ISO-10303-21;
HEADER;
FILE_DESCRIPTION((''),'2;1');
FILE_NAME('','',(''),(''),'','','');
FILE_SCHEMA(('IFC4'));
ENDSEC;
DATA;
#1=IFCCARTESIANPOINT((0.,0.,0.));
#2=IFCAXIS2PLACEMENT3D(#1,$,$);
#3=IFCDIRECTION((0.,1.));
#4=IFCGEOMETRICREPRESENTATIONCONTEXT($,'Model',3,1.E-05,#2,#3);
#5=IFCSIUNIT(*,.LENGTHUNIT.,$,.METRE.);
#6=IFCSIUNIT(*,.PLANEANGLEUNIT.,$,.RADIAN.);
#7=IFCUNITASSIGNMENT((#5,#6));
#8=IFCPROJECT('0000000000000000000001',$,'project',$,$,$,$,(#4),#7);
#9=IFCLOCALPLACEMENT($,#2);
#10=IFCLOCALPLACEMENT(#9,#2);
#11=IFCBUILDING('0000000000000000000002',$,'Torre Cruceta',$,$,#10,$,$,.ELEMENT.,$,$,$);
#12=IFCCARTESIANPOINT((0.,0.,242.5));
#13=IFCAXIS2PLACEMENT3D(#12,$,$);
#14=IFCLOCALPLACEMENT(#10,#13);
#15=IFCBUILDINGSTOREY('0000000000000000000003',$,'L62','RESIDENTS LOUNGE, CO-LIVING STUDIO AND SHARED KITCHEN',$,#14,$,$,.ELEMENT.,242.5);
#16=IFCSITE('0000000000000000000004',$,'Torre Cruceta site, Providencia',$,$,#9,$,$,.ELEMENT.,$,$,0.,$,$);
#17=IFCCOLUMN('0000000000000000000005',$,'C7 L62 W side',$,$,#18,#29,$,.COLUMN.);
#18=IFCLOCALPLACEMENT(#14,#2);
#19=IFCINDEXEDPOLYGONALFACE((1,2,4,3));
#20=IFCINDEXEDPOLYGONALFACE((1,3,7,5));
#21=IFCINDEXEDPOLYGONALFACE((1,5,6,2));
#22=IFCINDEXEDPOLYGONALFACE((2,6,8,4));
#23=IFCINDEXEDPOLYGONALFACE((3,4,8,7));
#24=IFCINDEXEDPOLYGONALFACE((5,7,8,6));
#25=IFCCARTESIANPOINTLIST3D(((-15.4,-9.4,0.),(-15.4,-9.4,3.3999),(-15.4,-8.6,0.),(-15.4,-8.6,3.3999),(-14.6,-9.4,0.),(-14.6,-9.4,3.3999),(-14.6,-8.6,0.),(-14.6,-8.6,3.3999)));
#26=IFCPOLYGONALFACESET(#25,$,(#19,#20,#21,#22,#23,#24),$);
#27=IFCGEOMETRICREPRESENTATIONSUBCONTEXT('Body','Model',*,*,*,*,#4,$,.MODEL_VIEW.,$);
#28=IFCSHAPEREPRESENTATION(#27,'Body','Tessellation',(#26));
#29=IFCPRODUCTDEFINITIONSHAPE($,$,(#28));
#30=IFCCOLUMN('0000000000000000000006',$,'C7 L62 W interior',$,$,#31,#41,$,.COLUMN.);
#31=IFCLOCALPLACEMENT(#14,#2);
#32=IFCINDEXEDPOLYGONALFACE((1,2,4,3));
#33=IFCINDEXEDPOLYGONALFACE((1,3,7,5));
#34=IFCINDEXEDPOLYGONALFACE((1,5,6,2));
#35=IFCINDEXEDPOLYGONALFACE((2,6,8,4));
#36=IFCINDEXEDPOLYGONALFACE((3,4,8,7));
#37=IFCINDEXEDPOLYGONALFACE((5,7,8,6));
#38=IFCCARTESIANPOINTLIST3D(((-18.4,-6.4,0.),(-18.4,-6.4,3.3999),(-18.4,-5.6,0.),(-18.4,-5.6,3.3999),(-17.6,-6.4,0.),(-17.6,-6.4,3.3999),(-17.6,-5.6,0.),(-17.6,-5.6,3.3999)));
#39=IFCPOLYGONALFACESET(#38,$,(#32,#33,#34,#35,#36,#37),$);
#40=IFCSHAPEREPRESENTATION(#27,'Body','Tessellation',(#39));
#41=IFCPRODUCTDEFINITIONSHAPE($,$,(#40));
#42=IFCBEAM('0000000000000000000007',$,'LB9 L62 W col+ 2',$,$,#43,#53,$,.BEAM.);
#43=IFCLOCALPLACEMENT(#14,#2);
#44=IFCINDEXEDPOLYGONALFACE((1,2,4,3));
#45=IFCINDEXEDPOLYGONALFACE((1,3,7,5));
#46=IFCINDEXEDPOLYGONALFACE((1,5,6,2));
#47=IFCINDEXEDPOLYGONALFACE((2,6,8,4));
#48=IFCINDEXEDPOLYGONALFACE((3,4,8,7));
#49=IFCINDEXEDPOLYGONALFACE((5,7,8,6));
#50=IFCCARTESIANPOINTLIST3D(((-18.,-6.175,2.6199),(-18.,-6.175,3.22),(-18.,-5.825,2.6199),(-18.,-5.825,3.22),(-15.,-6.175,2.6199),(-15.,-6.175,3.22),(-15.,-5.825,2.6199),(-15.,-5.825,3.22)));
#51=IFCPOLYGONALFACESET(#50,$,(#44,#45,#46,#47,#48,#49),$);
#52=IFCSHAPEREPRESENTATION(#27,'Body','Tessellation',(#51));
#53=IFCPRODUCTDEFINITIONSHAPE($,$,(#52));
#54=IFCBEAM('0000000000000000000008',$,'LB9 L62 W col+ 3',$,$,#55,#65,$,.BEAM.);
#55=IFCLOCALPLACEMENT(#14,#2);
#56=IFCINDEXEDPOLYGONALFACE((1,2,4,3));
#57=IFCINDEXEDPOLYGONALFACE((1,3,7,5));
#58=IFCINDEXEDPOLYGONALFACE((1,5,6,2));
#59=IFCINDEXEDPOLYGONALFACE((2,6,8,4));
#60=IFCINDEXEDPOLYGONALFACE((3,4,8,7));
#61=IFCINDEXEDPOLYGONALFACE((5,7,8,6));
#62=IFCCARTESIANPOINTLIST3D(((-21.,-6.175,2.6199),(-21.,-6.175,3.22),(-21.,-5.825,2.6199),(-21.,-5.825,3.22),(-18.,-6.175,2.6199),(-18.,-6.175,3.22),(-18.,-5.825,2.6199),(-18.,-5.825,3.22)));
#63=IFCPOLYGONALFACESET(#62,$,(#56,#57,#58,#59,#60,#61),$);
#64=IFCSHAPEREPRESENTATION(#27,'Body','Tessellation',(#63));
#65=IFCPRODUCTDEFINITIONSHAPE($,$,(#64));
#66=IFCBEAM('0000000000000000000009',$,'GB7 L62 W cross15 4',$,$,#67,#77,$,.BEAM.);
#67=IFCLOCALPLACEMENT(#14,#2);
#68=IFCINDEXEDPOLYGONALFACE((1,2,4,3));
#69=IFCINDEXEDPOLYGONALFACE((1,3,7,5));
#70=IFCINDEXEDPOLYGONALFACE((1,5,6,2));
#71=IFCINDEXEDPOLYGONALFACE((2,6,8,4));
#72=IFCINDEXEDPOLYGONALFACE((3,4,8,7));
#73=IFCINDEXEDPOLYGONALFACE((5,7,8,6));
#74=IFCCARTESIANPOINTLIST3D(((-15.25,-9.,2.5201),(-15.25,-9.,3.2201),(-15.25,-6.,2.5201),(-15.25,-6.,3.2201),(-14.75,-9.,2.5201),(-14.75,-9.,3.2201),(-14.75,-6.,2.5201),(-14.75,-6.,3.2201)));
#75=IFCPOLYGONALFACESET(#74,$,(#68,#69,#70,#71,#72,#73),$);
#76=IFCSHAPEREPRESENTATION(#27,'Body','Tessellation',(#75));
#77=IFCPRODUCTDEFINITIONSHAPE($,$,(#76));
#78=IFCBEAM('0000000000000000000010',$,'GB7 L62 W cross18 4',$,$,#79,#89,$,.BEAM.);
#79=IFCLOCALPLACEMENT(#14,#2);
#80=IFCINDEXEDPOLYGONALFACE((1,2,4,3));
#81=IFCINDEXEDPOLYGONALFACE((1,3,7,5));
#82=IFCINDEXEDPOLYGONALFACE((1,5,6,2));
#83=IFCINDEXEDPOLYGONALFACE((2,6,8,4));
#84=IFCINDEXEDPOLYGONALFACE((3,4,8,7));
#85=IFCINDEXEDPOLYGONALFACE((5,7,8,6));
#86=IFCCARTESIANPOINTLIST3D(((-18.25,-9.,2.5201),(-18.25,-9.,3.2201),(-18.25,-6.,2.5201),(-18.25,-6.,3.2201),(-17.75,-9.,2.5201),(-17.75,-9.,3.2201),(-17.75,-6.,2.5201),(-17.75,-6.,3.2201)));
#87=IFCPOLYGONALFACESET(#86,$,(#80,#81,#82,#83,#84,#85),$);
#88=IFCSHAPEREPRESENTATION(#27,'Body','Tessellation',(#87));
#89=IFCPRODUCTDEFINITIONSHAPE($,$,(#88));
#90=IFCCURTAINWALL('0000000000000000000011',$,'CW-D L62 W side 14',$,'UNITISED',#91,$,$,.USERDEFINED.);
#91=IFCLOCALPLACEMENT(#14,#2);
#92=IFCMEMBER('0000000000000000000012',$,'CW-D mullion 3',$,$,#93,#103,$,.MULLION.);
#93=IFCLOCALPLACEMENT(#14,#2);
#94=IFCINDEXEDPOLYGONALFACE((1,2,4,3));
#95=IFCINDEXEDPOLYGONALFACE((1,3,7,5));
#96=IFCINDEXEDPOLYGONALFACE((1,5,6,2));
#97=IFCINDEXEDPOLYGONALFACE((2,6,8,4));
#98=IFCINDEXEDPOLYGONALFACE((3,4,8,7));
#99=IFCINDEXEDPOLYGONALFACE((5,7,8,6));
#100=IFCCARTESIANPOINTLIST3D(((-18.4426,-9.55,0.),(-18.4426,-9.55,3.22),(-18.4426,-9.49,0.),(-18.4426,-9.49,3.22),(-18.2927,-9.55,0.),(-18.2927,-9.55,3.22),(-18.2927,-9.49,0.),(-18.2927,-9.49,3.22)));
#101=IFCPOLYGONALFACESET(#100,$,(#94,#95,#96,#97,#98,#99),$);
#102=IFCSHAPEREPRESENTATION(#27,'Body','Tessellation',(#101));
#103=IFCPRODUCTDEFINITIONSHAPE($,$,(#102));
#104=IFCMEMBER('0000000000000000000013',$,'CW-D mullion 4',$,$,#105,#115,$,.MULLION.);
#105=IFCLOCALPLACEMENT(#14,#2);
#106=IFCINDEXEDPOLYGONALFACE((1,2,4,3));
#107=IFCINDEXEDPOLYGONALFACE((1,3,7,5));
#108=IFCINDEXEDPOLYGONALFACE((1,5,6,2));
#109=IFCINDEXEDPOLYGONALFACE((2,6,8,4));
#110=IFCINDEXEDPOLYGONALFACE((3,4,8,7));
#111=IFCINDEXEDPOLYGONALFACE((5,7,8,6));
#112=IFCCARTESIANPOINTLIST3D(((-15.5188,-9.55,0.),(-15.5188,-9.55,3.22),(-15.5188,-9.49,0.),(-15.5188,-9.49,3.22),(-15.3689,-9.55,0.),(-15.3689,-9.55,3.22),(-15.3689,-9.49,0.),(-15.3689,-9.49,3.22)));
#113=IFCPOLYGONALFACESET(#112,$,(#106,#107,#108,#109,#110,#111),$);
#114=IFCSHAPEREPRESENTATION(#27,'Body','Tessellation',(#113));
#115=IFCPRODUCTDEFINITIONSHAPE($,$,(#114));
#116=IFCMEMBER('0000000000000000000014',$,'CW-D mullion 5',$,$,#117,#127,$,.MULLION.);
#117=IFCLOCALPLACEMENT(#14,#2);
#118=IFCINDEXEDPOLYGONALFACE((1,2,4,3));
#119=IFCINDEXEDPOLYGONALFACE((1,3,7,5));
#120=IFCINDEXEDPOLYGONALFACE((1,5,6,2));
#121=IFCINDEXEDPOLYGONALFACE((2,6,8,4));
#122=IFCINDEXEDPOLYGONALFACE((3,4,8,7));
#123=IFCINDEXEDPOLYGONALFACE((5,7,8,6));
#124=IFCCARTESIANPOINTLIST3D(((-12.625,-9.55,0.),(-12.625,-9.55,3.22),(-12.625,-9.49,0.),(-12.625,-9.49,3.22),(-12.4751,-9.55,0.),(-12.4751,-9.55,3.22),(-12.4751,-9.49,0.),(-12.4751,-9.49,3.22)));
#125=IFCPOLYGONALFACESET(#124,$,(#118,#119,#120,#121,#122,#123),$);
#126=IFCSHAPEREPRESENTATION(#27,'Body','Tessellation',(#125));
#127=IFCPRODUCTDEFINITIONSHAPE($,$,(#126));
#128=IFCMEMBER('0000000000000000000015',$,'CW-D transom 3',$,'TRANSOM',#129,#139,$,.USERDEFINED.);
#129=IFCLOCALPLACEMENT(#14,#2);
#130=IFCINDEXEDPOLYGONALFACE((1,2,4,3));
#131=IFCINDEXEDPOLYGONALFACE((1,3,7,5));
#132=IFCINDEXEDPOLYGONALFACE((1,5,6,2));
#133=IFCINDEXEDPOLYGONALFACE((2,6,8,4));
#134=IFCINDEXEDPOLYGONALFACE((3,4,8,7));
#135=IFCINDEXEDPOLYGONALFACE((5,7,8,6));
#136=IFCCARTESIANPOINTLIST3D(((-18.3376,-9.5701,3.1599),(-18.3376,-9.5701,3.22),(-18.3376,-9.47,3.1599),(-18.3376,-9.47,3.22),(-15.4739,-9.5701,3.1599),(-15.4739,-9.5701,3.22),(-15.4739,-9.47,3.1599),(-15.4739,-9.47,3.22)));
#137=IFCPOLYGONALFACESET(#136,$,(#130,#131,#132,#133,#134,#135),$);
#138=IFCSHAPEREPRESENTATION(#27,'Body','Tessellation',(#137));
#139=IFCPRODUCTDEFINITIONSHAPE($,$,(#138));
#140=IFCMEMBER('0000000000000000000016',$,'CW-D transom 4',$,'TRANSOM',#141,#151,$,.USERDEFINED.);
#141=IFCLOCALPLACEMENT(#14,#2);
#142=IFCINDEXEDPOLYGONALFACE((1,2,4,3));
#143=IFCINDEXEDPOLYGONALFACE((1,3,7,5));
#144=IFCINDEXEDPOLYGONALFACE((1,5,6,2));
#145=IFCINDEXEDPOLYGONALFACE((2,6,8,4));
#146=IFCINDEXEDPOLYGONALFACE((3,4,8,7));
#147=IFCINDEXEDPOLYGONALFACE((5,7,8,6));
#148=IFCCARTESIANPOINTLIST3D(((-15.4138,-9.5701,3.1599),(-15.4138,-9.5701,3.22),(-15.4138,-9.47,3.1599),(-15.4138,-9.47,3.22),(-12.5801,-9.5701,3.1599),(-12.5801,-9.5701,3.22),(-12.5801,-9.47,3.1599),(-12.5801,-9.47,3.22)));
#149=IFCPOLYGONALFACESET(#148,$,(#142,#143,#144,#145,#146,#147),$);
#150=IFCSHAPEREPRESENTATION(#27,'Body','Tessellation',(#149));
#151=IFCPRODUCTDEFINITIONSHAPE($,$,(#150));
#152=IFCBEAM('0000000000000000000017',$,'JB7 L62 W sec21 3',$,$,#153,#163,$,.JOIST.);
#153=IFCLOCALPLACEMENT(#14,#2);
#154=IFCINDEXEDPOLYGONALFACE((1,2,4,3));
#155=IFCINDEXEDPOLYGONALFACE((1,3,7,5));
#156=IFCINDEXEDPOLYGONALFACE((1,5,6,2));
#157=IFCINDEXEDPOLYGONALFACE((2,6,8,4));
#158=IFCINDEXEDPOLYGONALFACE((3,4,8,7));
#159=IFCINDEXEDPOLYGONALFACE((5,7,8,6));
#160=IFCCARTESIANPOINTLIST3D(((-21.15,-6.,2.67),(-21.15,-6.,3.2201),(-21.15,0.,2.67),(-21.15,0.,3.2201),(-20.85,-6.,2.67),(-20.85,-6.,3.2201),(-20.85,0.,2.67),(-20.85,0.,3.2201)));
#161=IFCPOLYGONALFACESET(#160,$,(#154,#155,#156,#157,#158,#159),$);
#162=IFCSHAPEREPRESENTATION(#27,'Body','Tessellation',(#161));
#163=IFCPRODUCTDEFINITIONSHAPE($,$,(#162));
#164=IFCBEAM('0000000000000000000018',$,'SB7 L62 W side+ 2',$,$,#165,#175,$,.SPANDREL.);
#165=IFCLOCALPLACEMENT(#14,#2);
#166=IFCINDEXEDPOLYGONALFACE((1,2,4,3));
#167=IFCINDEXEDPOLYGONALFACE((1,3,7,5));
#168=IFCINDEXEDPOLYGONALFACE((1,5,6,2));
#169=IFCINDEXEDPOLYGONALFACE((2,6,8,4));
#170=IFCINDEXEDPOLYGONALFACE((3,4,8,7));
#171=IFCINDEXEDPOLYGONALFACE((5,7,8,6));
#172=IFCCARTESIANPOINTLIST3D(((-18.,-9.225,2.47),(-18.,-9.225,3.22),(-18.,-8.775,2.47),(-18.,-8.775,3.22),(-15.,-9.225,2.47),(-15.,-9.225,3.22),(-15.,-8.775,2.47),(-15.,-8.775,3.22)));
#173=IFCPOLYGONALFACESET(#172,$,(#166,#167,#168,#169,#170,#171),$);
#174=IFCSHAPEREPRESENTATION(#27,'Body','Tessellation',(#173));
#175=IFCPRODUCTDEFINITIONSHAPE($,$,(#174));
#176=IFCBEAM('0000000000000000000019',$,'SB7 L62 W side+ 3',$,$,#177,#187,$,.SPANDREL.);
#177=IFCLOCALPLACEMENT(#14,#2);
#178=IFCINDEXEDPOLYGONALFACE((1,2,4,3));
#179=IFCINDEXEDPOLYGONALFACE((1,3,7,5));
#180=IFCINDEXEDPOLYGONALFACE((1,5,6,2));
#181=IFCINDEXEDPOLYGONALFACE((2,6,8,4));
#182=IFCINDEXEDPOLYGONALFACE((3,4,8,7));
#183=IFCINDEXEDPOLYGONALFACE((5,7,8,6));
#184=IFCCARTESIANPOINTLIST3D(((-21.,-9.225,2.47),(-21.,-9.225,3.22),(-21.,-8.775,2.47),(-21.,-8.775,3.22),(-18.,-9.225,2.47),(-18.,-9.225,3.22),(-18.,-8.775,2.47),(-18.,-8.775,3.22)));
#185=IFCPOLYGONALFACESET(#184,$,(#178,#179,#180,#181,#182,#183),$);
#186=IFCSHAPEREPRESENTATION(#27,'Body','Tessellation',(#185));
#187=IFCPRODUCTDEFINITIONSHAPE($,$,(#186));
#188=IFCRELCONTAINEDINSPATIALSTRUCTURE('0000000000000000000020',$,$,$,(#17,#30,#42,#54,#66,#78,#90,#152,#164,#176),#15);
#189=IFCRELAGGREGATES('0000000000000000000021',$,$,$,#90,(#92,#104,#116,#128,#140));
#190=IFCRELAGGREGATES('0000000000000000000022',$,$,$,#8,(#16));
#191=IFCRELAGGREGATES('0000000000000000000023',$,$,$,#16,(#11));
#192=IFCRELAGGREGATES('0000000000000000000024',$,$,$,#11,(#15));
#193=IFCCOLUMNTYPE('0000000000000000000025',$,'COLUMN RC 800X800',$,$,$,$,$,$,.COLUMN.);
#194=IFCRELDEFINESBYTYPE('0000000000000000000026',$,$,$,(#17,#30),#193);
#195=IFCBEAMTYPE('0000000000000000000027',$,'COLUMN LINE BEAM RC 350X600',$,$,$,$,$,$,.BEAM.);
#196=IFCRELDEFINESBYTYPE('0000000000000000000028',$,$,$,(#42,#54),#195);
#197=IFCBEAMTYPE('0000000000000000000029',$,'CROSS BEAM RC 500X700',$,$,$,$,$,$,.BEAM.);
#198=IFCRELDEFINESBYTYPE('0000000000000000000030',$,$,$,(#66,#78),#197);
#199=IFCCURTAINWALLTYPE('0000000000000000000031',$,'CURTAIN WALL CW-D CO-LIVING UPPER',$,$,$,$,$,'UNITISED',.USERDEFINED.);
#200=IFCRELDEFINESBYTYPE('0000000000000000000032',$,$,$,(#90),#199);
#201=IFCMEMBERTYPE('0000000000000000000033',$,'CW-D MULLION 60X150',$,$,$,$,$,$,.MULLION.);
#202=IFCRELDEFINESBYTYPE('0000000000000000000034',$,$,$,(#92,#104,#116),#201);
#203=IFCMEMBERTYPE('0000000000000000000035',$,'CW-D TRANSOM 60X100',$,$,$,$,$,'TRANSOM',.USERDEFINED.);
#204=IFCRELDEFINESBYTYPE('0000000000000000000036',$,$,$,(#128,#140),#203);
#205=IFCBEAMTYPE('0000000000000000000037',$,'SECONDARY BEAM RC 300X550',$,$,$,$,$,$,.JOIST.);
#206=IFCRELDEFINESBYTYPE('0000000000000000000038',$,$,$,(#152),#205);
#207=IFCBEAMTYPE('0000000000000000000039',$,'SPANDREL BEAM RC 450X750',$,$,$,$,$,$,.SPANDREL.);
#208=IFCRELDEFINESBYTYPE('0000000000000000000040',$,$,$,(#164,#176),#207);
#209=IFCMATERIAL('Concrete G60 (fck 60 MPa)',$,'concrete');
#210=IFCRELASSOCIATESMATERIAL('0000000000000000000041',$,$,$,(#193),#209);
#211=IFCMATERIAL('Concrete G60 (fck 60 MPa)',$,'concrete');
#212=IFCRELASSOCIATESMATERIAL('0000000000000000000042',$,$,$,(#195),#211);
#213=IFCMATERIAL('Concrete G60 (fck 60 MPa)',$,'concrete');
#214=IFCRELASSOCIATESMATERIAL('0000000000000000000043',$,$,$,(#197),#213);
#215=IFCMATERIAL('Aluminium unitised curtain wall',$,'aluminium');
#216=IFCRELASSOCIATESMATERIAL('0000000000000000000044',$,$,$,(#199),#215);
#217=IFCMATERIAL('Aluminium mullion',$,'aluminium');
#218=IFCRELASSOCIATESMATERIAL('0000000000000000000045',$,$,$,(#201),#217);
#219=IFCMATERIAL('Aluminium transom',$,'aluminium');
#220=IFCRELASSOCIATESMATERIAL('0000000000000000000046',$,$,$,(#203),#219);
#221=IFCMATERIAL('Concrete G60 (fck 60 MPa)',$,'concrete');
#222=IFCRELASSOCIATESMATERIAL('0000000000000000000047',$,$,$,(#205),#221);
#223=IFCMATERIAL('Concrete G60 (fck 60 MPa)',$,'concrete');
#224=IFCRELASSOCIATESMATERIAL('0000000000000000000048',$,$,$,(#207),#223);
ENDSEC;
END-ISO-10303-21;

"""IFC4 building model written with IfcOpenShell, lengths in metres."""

from ifc_helpers import new_model, si_unit, direction, frame, origin, origin_2d, place, context, subcontext, project, spatial, rectangle, extrude, material, material_profile, profile_set, type_object, element, aggregate, save


model = new_model("IFC4")

# Units and contexts
model_context = context("Model", 3, precision=1e-05, world=origin(), true_north=direction((0.0, 1.0)))
body_context = subcontext(model_context, "Body", "Model", "MODEL_VIEW")
ifc_project = project(units=[si_unit("LENGTHUNIT", "METRE"), si_unit("PLANEANGLEUNIT", "RADIAN")], contexts=[model_context])

# Site, building, storey
site_placement = place(None, origin())
site = spatial("IfcSite", under=ifc_project, at=site_placement, Name="Torre Cruceta site, Providencia", CompositionType="ELEMENT", RefElevation=0.0)
building_placement = place(site_placement, origin())
building = spatial("IfcBuilding", under=site, at=building_placement, Name="Torre Cruceta", CompositionType="ELEMENT")
storey_placement = place(building_placement, frame((0.0, 0.0, 242.5)))
storey = spatial("IfcBuildingStorey", under=building, at=storey_placement, Name="L62", Description="RESIDENTS LOUNGE, CO-LIVING STUDIO AND SHARED KITCHEN", CompositionType="ELEMENT", Elevation=242.5)

# Columns
ifc_material_1 = material(Name="Concrete G60 (fck 60 MPa)", Category="concrete")
ifc_material_profile_1 = material_profile(ifc_material_1, rectangle(XDim=0.8, YDim=0.8, at=origin_2d()), Name="RC 800X800")
ifc_profile_set_1 = profile_set([ifc_material_profile_1], Name="Concrete G60 (fck 60 MPa)")
column_type = type_object("IfcColumnType", Name="COLUMN RC 800X800", PredefinedType="COLUMN", material=ifc_profile_set_1)
for number, where, z_axis, x_axis, name in (
    (1, (-15.0, -9.0, 0.0), (0.0, 0.0, 1.0), (1.0, 0.0, 0.0), "C7 L62 W side"),
    (2, (-18.0, -6.0, 0.0), (0.0, 0.0, 1.0), (1.0, 0.0, 0.0), "C7 L62 W interior"),
):
    element("IfcColumn", number, at=place(storey_placement, frame(where, z_axis=z_axis, x_axis=x_axis)), inside=storey, type_object=column_type, Name=name, PredefinedType="COLUMN", context=body_context, shape_type="SweptSolid", body=[
        extrude(rectangle(XDim=0.8, YDim=0.8, at=origin_2d()), origin(), (0.0, 0.0, 1.0), 3.3999),
    ])

# Beams
ifc_material_2 = material(Name="Concrete G60 (fck 60 MPa)", Category="concrete")
ifc_material_profile_2 = material_profile(ifc_material_2, rectangle(XDim=0.3501, YDim=0.6001, at=origin_2d()), Name="RC 350X600")
ifc_profile_set_2 = profile_set([ifc_material_profile_2], Name="Concrete G60 (fck 60 MPa)")
beam_type_1 = type_object("IfcBeamType", Name="COLUMN LINE BEAM RC 350X600", PredefinedType="BEAM", material=ifc_profile_set_2)
for number, where, z_axis, x_axis, name in (
    (3, (-15.0, -6.0, 2.9199), (-1.0, 0.0, 0.0), (0.0, -1.0, 0.0), "LB9 L62 W col+ 2"),
    (4, (-18.0, -6.0, 2.9199), (-1.0, 0.0, 0.0), (0.0, -1.0, 0.0), "LB9 L62 W col+ 3"),
):
    element("IfcBeam", number, at=place(storey_placement, frame(where, z_axis=z_axis, x_axis=x_axis)), inside=storey, type_object=beam_type_1, Name=name, PredefinedType="BEAM", context=body_context, shape_type="SweptSolid", body=[
        extrude(rectangle(XDim=0.3501, YDim=0.6001, at=origin_2d()), origin(), (0.0, 0.0, 1.0), 3.0),
    ])
ifc_material_3 = material(Name="Concrete G60 (fck 60 MPa)", Category="concrete")
ifc_material_profile_3 = material_profile(ifc_material_3, rectangle(XDim=0.5, YDim=0.7, at=origin_2d()), Name="RC 500X700")
ifc_profile_set_3 = profile_set([ifc_material_profile_3], Name="Concrete G60 (fck 60 MPa)")
beam_type_2 = type_object("IfcBeamType", Name="CROSS BEAM RC 500X700", PredefinedType="BEAM", material=ifc_profile_set_3)
for number, where, z_axis, x_axis, name in (
    (5, (-15.0, -6.0, 2.8701), (0.0, -1.0, 0.0), (1.0, 0.0, 0.0), "GB7 L62 W cross15 4"),
    (6, (-18.0, -6.0, 2.8701), (0.0, -1.0, 0.0), (1.0, 0.0, 0.0), "GB7 L62 W cross18 4"),
):
    element("IfcBeam", number, at=place(storey_placement, frame(where, z_axis=z_axis, x_axis=x_axis)), inside=storey, type_object=beam_type_2, Name=name, PredefinedType="BEAM", context=body_context, shape_type="SweptSolid", body=[
        extrude(rectangle(XDim=0.5, YDim=0.7, at=origin_2d()), origin(), (0.0, 0.0, 1.0), 3.0),
    ])

# Curtain wall, members
ifc_material_4 = material(Name="Aluminium unitised curtain wall", Category="aluminium")
curtain_wall_type = type_object("IfcCurtainWallType", Name="CURTAIN WALL CW-D CO-LIVING UPPER", ElementType="UNITISED", PredefinedType="USERDEFINED", material=ifc_material_4)
curtain_wall_placement = place(storey_placement, origin())
curtain_wall = element("IfcCurtainWall", 7, at=curtain_wall_placement, inside=storey, type_object=curtain_wall_type, Name="CW-D L62 W side 14", ObjectType="UNITISED", PredefinedType="USERDEFINED")
ifc_material_5 = material(Name="Aluminium mullion", Category="aluminium")
ifc_material_profile_4 = material_profile(ifc_material_5, rectangle(XDim=0.0601, YDim=0.1499, at=origin_2d()), Name="AL 60X150")
ifc_profile_set_4 = profile_set([ifc_material_profile_4], Name="Aluminium mullion")
member_type_1 = type_object("IfcMemberType", Name="CW-D MULLION 60X150", PredefinedType="MULLION", material=ifc_profile_set_4)
member_1_placement = place(storey_placement, frame((-18.3677, -9.52, 0.0), z_axis=(0.0, 0.0, 1.0), x_axis=(0.0, 1.0, 0.0)))
member_1 = element("IfcMember", 8, at=member_1_placement, type_object=member_type_1, Name="CW-D mullion 3", PredefinedType="MULLION", context=body_context, shape_type="SweptSolid", body=[
    extrude(rectangle(XDim=0.0601, YDim=0.1499, at=origin_2d()), origin(), (0.0, 0.0, 1.0), 3.22),
])
member_2_placement = place(storey_placement, frame((-15.4438, -9.52, 0.0), z_axis=(0.0, 0.0, 1.0), x_axis=(0.0, 1.0, 0.0)))
member_2 = element("IfcMember", 9, at=member_2_placement, type_object=member_type_1, Name="CW-D mullion 4", PredefinedType="MULLION", context=body_context, shape_type="SweptSolid", body=[
    extrude(rectangle(XDim=0.0601, YDim=0.1499, at=origin_2d()), origin(), (0.0, 0.0, 1.0), 3.22),
])
member_3_placement = place(storey_placement, frame((-12.55, -9.52, 0.0), z_axis=(0.0, 0.0, 1.0), x_axis=(0.0, 1.0, 0.0)))
member_3 = element("IfcMember", 10, at=member_3_placement, type_object=member_type_1, Name="CW-D mullion 5", PredefinedType="MULLION", context=body_context, shape_type="SweptSolid", body=[
    extrude(rectangle(XDim=0.0601, YDim=0.1499, at=origin_2d()), origin(), (0.0, 0.0, 1.0), 3.22),
])
ifc_material_6 = material(Name="Aluminium transom", Category="aluminium")
ifc_material_profile_5 = material_profile(ifc_material_6, rectangle(XDim=0.1001, YDim=0.0601, at=origin_2d()), Name="AL 100X60")
ifc_profile_set_5 = profile_set([ifc_material_profile_5], Name="Aluminium transom")
member_type_2 = type_object("IfcMemberType", Name="CW-D TRANSOM 60X100", ElementType="TRANSOM", PredefinedType="USERDEFINED", material=ifc_profile_set_5)
member_4_placement = place(storey_placement, frame((-18.3376, -9.52, 3.1899), z_axis=(1.0, 0.0, 0.0), x_axis=(0.0, 1.0, 0.0)))
member_4 = element("IfcMember", 11, at=member_4_placement, type_object=member_type_2, Name="CW-D transom 3", ObjectType="TRANSOM", PredefinedType="USERDEFINED", context=body_context, shape_type="SweptSolid", body=[
    extrude(rectangle(XDim=0.1001, YDim=0.0601, at=origin_2d()), origin(), (0.0, 0.0, 1.0), 2.8638),
])
member_5_placement = place(storey_placement, frame((-15.4138, -9.52, 3.1899), z_axis=(1.0, 0.0, 0.0), x_axis=(0.0, 1.0, 0.0)))
member_5 = element("IfcMember", 12, at=member_5_placement, type_object=member_type_2, Name="CW-D transom 4", ObjectType="TRANSOM", PredefinedType="USERDEFINED", context=body_context, shape_type="SweptSolid", body=[
    extrude(rectangle(XDim=0.1001, YDim=0.0601, at=origin_2d()), origin(), (0.0, 0.0, 1.0), 2.8337),
])

# Beams
ifc_material_7 = material(Name="Concrete G60 (fck 60 MPa)", Category="concrete")
ifc_material_profile_6 = material_profile(ifc_material_7, rectangle(XDim=0.3, YDim=0.55, at=origin_2d()), Name="RC 300X550")
ifc_profile_set_6 = profile_set([ifc_material_profile_6], Name="Concrete G60 (fck 60 MPa)")
beam_type_3 = type_object("IfcBeamType", Name="SECONDARY BEAM RC 300X550", PredefinedType="JOIST", material=ifc_profile_set_6)
beam_placement = place(storey_placement, frame((-21.0, 0.0, 2.9451), z_axis=(0.0, -1.0, 0.0), x_axis=(1.0, 0.0, 0.0)))
element("IfcBeam", 13, at=beam_placement, inside=storey, type_object=beam_type_3, Name="JB7 L62 W sec21 3", PredefinedType="JOIST", context=body_context, shape_type="SweptSolid", body=[
    extrude(rectangle(XDim=0.3, YDim=0.55, at=origin_2d()), origin(), (0.0, 0.0, 1.0), 6.0),
])
ifc_material_8 = material(Name="Concrete G60 (fck 60 MPa)", Category="concrete")
ifc_material_profile_7 = material_profile(ifc_material_8, rectangle(XDim=0.45, YDim=0.75, at=origin_2d()), Name="RC 450X750")
ifc_profile_set_7 = profile_set([ifc_material_profile_7], Name="Concrete G60 (fck 60 MPa)")
beam_type_4 = type_object("IfcBeamType", Name="SPANDREL BEAM RC 450X750", PredefinedType="SPANDREL", material=ifc_profile_set_7)
for number, where, z_axis, x_axis, name in (
    (14, (-15.0, -9.0, 2.845), (-1.0, 0.0, 0.0), (0.0, -1.0, 0.0), "SB7 L62 W side+ 2"),
    (15, (-18.0, -9.0, 2.845), (-1.0, 0.0, 0.0), (0.0, -1.0, 0.0), "SB7 L62 W side+ 3"),
):
    element("IfcBeam", number, at=place(storey_placement, frame(where, z_axis=z_axis, x_axis=x_axis)), inside=storey, type_object=beam_type_4, Name=name, PredefinedType="SPANDREL", context=body_context, shape_type="SweptSolid", body=[
        extrude(rectangle(XDim=0.45, YDim=0.75, at=origin_2d()), origin(), (0.0, 0.0, 1.0), 3.0),
    ])

aggregate(curtain_wall, [member_1, member_2, member_3, member_4, member_5])

save(model, "model.ifc")
